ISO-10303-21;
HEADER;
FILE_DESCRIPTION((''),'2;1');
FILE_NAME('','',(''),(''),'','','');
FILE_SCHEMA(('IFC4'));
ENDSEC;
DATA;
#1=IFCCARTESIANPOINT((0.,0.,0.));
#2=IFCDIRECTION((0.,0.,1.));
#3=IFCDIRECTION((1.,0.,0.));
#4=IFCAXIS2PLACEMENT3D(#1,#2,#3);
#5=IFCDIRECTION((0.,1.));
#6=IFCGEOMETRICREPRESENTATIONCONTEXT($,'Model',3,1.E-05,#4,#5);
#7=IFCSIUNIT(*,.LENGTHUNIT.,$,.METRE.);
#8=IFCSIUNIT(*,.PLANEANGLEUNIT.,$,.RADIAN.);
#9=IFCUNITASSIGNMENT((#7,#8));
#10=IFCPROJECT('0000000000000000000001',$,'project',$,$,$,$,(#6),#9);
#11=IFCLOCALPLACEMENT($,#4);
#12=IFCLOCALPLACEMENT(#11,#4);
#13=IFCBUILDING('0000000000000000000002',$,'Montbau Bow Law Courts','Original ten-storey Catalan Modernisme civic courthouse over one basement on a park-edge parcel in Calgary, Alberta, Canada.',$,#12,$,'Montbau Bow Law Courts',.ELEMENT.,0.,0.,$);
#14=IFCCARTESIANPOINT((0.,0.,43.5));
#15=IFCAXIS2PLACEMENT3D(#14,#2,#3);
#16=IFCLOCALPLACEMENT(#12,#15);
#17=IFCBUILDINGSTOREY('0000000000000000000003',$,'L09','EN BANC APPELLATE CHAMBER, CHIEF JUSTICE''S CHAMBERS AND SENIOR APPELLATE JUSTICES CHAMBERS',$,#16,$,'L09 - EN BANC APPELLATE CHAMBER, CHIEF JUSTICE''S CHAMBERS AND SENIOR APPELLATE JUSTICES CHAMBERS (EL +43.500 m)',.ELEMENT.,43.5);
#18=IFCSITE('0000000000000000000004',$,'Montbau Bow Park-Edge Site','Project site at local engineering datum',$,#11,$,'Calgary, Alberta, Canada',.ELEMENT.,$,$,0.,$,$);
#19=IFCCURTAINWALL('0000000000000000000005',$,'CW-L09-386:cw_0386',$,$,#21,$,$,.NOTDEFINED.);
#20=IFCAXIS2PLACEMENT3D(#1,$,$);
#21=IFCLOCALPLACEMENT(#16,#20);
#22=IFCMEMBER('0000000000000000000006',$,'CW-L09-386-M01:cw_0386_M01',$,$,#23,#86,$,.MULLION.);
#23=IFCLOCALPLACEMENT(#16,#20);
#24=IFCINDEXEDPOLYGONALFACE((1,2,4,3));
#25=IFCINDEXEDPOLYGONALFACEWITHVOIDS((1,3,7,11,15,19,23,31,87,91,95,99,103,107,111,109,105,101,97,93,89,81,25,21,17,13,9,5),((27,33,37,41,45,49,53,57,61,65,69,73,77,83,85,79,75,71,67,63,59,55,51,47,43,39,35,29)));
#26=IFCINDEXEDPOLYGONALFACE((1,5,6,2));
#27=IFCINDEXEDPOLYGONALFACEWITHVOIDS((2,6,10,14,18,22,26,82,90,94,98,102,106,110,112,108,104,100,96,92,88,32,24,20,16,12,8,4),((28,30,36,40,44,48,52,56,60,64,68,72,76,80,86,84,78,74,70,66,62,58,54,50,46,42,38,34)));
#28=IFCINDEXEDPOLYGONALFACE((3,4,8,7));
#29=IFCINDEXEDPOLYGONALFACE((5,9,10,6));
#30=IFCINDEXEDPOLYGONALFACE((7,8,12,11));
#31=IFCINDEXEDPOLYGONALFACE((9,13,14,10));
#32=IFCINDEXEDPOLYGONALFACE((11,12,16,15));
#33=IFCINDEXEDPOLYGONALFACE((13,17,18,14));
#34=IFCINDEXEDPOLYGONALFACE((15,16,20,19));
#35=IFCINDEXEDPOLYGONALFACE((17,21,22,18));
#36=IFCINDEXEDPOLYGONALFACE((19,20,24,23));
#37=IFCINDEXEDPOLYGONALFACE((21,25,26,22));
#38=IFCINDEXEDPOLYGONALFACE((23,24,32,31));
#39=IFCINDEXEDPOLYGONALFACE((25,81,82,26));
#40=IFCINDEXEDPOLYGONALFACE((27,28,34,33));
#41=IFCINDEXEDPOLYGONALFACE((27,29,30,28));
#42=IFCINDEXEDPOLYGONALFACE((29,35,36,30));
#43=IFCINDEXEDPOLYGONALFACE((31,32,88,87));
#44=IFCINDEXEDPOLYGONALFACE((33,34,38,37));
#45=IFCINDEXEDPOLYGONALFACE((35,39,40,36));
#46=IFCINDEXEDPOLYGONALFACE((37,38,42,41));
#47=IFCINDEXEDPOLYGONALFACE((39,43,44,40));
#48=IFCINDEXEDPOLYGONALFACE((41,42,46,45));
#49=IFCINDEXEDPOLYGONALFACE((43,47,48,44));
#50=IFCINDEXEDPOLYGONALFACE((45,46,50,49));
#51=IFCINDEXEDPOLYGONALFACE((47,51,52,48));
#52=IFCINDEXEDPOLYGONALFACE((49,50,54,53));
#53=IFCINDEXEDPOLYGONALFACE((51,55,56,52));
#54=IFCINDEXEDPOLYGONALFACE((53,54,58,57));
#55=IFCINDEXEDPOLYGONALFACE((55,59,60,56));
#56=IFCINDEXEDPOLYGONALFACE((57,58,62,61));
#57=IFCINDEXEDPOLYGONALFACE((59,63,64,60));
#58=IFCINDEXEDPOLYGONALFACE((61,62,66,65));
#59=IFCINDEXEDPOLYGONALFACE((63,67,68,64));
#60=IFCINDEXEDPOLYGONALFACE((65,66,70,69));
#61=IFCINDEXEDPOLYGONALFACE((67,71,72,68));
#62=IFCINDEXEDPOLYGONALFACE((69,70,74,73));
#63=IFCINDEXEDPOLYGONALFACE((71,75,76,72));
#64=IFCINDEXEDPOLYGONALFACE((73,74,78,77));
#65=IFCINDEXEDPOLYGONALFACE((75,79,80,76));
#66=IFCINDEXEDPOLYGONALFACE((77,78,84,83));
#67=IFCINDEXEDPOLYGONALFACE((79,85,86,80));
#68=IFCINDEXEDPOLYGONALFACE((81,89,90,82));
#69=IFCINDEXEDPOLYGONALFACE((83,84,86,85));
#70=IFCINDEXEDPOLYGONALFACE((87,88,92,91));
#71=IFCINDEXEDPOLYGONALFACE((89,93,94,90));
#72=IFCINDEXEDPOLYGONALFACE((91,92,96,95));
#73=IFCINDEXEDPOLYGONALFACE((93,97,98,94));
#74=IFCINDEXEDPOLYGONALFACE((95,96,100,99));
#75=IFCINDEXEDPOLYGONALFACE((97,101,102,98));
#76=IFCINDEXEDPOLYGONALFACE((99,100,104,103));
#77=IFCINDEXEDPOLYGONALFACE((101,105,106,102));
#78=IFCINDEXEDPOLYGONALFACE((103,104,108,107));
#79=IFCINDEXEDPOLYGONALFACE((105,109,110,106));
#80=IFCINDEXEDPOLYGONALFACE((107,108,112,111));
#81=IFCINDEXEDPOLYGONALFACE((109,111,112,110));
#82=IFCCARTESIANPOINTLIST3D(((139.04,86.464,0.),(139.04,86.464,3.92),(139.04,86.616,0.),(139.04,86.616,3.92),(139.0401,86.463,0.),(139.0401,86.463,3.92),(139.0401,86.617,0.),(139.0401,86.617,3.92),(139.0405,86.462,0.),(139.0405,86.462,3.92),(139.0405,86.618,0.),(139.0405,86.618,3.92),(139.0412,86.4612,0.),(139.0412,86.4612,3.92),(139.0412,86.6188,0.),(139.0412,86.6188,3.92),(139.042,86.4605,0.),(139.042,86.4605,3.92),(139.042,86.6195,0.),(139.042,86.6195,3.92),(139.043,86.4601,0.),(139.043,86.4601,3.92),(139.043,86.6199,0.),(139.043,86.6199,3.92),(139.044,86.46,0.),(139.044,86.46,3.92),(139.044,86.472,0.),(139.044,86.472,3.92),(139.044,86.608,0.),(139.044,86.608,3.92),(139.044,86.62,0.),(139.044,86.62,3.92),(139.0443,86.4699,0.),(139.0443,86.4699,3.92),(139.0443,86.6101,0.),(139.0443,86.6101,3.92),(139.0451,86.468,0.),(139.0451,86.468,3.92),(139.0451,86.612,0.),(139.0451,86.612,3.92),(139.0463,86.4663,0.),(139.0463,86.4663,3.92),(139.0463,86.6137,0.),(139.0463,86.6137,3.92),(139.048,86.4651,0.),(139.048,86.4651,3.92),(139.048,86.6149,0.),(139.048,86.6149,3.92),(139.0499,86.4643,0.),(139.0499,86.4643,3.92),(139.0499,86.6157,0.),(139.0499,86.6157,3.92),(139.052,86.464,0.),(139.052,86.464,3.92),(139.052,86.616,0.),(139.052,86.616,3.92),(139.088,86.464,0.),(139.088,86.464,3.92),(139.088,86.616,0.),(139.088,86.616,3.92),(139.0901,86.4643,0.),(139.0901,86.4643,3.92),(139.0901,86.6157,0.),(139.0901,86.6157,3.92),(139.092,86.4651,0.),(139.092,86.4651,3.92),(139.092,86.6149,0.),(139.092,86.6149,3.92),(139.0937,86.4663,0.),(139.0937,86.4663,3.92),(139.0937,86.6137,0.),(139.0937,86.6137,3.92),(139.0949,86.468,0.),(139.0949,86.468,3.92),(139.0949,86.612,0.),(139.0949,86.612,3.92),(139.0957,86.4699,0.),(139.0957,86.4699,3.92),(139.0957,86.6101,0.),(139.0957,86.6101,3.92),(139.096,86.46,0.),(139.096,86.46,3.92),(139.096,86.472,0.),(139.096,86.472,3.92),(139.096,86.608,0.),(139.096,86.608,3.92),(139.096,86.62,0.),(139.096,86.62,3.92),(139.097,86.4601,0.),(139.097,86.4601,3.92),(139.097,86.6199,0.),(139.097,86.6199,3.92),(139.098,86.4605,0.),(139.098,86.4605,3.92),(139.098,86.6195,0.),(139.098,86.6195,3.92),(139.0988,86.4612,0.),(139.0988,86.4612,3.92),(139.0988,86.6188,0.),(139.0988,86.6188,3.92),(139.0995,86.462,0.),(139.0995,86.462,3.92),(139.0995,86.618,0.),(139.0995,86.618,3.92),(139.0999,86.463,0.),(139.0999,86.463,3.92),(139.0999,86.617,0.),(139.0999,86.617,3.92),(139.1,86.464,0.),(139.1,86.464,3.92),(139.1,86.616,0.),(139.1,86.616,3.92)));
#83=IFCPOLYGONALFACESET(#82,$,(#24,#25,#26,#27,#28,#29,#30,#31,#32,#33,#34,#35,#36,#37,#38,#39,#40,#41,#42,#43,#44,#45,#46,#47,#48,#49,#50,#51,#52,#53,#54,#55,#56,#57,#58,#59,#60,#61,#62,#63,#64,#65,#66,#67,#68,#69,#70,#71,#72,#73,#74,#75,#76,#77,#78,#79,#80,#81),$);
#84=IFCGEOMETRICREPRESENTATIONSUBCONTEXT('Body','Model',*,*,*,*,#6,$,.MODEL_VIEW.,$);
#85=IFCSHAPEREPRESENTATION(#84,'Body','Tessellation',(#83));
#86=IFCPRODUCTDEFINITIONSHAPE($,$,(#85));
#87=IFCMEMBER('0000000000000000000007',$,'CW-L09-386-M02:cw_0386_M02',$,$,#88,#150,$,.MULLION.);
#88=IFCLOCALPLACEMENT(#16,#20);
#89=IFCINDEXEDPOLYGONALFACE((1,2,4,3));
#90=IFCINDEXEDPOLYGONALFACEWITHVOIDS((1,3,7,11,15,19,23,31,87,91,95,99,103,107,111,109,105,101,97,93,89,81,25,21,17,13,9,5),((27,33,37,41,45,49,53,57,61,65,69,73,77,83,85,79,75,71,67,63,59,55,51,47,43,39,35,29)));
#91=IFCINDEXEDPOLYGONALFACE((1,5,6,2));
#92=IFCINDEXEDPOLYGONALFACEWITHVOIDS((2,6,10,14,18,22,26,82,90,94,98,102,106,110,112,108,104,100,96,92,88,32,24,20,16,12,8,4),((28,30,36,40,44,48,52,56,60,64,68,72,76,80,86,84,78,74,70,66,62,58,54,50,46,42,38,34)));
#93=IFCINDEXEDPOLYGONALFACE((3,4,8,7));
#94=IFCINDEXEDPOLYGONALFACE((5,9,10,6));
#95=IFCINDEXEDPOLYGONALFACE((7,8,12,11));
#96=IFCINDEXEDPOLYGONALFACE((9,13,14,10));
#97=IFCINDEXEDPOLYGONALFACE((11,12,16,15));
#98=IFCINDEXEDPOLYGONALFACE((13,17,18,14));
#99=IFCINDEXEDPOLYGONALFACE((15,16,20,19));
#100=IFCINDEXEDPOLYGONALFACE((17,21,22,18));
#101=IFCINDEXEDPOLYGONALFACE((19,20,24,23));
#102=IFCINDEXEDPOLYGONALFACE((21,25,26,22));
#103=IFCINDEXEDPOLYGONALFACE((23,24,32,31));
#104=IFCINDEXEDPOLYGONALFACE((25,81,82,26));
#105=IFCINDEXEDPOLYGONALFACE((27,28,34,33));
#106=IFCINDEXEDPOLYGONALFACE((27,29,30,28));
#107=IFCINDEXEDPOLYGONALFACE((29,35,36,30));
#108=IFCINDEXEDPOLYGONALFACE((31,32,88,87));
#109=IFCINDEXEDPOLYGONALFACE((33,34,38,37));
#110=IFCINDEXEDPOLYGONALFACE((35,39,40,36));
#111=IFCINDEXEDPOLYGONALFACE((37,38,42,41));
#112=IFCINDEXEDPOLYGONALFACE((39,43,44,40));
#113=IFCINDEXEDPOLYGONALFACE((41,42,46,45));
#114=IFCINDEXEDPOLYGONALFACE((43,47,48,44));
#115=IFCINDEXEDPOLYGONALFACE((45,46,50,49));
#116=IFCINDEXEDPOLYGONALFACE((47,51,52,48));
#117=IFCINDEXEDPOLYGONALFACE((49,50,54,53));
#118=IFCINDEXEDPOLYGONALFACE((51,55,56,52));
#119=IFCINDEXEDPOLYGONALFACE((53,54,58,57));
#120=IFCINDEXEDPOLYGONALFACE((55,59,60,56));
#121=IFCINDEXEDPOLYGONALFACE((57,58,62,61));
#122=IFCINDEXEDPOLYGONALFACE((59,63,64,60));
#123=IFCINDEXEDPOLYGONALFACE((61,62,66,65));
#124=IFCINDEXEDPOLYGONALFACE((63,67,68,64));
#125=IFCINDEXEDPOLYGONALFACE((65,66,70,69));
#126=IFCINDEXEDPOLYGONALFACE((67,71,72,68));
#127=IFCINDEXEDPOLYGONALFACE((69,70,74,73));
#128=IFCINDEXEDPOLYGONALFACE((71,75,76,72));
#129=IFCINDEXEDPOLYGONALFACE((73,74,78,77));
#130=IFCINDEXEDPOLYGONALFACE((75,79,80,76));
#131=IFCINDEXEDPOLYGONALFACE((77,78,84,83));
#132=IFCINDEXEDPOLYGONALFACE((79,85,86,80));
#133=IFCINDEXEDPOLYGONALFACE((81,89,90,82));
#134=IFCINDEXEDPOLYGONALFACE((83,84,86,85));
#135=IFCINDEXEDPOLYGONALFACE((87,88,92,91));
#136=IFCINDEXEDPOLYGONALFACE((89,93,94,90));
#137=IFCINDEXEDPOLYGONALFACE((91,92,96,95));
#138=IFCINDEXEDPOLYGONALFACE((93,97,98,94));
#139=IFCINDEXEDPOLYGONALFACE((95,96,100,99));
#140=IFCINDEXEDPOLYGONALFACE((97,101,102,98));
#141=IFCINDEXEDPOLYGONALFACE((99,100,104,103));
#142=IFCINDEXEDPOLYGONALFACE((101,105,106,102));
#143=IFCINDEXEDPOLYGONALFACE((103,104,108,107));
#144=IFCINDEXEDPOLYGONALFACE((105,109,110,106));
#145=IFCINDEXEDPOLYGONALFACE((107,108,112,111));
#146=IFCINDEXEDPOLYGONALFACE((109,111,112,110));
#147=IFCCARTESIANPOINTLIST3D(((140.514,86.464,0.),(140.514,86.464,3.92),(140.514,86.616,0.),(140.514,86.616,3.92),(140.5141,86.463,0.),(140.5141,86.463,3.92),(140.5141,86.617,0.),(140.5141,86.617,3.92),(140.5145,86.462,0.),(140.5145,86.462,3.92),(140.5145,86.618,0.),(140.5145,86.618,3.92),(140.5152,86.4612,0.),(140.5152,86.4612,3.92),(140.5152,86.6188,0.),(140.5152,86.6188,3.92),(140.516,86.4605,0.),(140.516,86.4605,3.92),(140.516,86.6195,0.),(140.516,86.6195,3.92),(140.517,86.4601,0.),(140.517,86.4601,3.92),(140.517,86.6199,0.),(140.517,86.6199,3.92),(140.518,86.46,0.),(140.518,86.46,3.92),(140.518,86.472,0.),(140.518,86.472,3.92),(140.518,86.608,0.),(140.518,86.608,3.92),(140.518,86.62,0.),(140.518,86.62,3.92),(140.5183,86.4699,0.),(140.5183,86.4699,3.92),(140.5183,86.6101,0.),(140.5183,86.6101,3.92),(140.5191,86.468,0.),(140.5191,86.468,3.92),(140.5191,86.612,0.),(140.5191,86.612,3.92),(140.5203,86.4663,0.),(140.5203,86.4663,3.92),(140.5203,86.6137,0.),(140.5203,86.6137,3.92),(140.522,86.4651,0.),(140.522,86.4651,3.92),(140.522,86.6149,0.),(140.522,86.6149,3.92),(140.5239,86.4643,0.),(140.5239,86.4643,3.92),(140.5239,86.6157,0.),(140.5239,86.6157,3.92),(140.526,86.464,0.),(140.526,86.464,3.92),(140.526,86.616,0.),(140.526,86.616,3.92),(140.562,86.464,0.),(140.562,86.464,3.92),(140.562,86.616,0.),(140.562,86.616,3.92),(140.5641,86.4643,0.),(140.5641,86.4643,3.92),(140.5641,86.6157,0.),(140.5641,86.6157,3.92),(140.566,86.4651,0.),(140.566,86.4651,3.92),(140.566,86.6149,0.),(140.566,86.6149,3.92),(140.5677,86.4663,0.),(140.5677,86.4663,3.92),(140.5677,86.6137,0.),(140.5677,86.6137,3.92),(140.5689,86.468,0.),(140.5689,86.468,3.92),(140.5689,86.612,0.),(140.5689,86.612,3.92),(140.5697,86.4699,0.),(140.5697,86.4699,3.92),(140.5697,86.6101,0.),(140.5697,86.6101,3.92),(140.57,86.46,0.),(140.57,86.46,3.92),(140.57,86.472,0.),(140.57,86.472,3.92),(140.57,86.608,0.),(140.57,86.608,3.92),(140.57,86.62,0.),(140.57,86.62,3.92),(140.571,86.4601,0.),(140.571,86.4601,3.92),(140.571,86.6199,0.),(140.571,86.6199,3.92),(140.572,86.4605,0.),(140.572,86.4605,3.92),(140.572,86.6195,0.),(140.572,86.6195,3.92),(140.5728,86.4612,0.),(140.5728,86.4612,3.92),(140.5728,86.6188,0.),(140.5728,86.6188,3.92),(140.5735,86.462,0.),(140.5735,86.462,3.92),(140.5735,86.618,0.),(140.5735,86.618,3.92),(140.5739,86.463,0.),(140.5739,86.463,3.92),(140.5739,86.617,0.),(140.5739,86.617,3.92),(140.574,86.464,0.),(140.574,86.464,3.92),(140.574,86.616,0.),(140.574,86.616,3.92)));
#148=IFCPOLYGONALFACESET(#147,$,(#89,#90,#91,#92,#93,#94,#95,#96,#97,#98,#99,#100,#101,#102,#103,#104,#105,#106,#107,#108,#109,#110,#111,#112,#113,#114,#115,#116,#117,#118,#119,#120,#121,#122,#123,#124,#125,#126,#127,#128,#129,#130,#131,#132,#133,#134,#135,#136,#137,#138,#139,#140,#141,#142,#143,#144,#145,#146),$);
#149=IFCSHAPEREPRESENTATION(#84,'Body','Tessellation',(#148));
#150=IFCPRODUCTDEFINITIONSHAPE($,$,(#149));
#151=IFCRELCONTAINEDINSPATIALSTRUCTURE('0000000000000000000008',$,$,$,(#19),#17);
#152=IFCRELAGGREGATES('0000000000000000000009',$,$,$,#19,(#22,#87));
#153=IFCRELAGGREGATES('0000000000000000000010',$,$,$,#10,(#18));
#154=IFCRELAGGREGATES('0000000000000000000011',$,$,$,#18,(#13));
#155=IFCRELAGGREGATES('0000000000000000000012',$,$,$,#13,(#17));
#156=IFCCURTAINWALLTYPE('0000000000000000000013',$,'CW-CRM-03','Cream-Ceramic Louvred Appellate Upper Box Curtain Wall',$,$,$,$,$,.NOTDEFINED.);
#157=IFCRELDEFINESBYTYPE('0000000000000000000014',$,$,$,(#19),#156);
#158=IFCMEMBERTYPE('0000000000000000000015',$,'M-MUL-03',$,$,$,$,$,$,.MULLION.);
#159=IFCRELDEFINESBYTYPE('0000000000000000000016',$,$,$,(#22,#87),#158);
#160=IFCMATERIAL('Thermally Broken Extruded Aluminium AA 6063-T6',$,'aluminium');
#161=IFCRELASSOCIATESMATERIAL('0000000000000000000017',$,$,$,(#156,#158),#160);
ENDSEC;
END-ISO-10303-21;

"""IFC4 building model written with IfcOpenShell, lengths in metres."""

from ifc_helpers import new_model, si_unit, direction, frame, origin_with_axes, origin_2d_with_axis, place, context, subcontext, project, spatial, hollow_rectangle, extrude, material, material_profile, profile_set, type_object, element, aggregate, save


model = new_model("IFC4")

# Units and contexts
model_context = context("Model", 3, precision=1e-05, world=origin_with_axes(), true_north=direction((0.0, 1.0)))
body_context = subcontext(model_context, "Body", "Model", "MODEL_VIEW")
ifc_project = project(units=[si_unit("LENGTHUNIT", "METRE"), si_unit("PLANEANGLEUNIT", "RADIAN")], contexts=[model_context])

# Site, building, storey
site_placement = place(None, origin_with_axes())
site = spatial("IfcSite", under=ifc_project, at=site_placement, Name="Montbau Bow Park-Edge Site", Description="Project site at local engineering datum", LongName="Calgary, Alberta, Canada", CompositionType="ELEMENT", RefElevation=0.0)
building_placement = place(site_placement, origin_with_axes())
building = spatial("IfcBuilding", under=site, at=building_placement, Name="Montbau Bow Law Courts", Description="Original ten-storey Catalan Modernisme civic courthouse over one basement on a park-edge parcel in Calgary, Alberta, Canada.", LongName="Montbau Bow Law Courts", CompositionType="ELEMENT", ElevationOfRefHeight=0.0, ElevationOfTerrain=0.0)
storey_placement = place(building_placement, frame((0.0, 0.0, 43.5), z_axis=(0.0, 0.0, 1.0), x_axis=(1.0, 0.0, 0.0)))
storey = spatial("IfcBuildingStorey", under=building, at=storey_placement, Name="L09", Description="EN BANC APPELLATE CHAMBER, CHIEF JUSTICE'S CHAMBERS AND SENIOR APPELLATE JUSTICES CHAMBERS", LongName="L09 - EN BANC APPELLATE CHAMBER, CHIEF JUSTICE'S CHAMBERS AND SENIOR APPELLATE JUSTICES CHAMBERS (EL +43.500 m)", CompositionType="ELEMENT", Elevation=43.5)

# Curtain wall, members
ifc_material_1 = material(Name="Thermally Broken Extruded Aluminium AA 6063-T6", Category="aluminium")
curtain_wall_type = type_object("IfcCurtainWallType", Name="CW-CRM-03", Description="Cream-Ceramic Louvred Appellate Upper Box Curtain Wall", PredefinedType="NOTDEFINED", material=ifc_material_1)
curtain_wall_placement = place(None, frame((139.04, 86.54, 43.5), z_axis=(0.0, 0.0, 1.0), x_axis=(1.0, 0.0, 0.0)))
curtain_wall = element("IfcCurtainWall", 1, at=curtain_wall_placement, inside=storey, type_object=curtain_wall_type, Name="CW-L09-386:cw_0386", PredefinedType="NOTDEFINED")
ifc_material_profile_1 = material_profile(ifc_material_1, hollow_rectangle(XDim=0.06, YDim=0.16, WallThickness=0.004, InnerFilletRadius=0.008, OuterFilletRadius=0.004, at=origin_2d_with_axis()), Name="CWM-160X60", Category="Main", Priority=0)
ifc_profile_set_1 = profile_set([ifc_material_profile_1], Name="Thermally Broken Extruded Aluminium AA 6063-T6")
member_type_1 = type_object("IfcMemberType", Name="M-MUL-03", PredefinedType="MULLION", material=ifc_profile_set_1)
member_1_placement = place(None, frame((139.07, 86.54, 43.5), z_axis=(0.0, 0.0, 1.0), x_axis=(1.0, 0.0, 0.0)))
member_1 = element("IfcMember", 2, at=member_1_placement, type_object=member_type_1, Name="CW-L09-386-M01:cw_0386_M01", PredefinedType="MULLION", context=body_context, shape_type="SweptSolid", body=[
    extrude(hollow_rectangle(XDim=0.06, YDim=0.16, WallThickness=0.004, InnerFilletRadius=0.008, OuterFilletRadius=0.004, at=origin_2d_with_axis()), origin_with_axes(), (0.0, 0.0, 1.0), 3.92),
])
member_2_placement = place(None, frame((140.544, 86.54, 43.5), z_axis=(0.0, 0.0, 1.0), x_axis=(1.0, 0.0, 0.0)))
member_2 = element("IfcMember", 3, at=member_2_placement, type_object=member_type_1, Name="CW-L09-386-M02:cw_0386_M02", PredefinedType="MULLION", context=body_context, shape_type="SweptSolid", body=[
    extrude(hollow_rectangle(XDim=0.06, YDim=0.16, WallThickness=0.004, InnerFilletRadius=0.008, OuterFilletRadius=0.004, at=origin_2d_with_axis()), origin_with_axes(), (0.0, 0.0, 1.0), 3.92),
])
aggregate(curtain_wall, [member_1, member_2])

save(model, "model.ifc")
